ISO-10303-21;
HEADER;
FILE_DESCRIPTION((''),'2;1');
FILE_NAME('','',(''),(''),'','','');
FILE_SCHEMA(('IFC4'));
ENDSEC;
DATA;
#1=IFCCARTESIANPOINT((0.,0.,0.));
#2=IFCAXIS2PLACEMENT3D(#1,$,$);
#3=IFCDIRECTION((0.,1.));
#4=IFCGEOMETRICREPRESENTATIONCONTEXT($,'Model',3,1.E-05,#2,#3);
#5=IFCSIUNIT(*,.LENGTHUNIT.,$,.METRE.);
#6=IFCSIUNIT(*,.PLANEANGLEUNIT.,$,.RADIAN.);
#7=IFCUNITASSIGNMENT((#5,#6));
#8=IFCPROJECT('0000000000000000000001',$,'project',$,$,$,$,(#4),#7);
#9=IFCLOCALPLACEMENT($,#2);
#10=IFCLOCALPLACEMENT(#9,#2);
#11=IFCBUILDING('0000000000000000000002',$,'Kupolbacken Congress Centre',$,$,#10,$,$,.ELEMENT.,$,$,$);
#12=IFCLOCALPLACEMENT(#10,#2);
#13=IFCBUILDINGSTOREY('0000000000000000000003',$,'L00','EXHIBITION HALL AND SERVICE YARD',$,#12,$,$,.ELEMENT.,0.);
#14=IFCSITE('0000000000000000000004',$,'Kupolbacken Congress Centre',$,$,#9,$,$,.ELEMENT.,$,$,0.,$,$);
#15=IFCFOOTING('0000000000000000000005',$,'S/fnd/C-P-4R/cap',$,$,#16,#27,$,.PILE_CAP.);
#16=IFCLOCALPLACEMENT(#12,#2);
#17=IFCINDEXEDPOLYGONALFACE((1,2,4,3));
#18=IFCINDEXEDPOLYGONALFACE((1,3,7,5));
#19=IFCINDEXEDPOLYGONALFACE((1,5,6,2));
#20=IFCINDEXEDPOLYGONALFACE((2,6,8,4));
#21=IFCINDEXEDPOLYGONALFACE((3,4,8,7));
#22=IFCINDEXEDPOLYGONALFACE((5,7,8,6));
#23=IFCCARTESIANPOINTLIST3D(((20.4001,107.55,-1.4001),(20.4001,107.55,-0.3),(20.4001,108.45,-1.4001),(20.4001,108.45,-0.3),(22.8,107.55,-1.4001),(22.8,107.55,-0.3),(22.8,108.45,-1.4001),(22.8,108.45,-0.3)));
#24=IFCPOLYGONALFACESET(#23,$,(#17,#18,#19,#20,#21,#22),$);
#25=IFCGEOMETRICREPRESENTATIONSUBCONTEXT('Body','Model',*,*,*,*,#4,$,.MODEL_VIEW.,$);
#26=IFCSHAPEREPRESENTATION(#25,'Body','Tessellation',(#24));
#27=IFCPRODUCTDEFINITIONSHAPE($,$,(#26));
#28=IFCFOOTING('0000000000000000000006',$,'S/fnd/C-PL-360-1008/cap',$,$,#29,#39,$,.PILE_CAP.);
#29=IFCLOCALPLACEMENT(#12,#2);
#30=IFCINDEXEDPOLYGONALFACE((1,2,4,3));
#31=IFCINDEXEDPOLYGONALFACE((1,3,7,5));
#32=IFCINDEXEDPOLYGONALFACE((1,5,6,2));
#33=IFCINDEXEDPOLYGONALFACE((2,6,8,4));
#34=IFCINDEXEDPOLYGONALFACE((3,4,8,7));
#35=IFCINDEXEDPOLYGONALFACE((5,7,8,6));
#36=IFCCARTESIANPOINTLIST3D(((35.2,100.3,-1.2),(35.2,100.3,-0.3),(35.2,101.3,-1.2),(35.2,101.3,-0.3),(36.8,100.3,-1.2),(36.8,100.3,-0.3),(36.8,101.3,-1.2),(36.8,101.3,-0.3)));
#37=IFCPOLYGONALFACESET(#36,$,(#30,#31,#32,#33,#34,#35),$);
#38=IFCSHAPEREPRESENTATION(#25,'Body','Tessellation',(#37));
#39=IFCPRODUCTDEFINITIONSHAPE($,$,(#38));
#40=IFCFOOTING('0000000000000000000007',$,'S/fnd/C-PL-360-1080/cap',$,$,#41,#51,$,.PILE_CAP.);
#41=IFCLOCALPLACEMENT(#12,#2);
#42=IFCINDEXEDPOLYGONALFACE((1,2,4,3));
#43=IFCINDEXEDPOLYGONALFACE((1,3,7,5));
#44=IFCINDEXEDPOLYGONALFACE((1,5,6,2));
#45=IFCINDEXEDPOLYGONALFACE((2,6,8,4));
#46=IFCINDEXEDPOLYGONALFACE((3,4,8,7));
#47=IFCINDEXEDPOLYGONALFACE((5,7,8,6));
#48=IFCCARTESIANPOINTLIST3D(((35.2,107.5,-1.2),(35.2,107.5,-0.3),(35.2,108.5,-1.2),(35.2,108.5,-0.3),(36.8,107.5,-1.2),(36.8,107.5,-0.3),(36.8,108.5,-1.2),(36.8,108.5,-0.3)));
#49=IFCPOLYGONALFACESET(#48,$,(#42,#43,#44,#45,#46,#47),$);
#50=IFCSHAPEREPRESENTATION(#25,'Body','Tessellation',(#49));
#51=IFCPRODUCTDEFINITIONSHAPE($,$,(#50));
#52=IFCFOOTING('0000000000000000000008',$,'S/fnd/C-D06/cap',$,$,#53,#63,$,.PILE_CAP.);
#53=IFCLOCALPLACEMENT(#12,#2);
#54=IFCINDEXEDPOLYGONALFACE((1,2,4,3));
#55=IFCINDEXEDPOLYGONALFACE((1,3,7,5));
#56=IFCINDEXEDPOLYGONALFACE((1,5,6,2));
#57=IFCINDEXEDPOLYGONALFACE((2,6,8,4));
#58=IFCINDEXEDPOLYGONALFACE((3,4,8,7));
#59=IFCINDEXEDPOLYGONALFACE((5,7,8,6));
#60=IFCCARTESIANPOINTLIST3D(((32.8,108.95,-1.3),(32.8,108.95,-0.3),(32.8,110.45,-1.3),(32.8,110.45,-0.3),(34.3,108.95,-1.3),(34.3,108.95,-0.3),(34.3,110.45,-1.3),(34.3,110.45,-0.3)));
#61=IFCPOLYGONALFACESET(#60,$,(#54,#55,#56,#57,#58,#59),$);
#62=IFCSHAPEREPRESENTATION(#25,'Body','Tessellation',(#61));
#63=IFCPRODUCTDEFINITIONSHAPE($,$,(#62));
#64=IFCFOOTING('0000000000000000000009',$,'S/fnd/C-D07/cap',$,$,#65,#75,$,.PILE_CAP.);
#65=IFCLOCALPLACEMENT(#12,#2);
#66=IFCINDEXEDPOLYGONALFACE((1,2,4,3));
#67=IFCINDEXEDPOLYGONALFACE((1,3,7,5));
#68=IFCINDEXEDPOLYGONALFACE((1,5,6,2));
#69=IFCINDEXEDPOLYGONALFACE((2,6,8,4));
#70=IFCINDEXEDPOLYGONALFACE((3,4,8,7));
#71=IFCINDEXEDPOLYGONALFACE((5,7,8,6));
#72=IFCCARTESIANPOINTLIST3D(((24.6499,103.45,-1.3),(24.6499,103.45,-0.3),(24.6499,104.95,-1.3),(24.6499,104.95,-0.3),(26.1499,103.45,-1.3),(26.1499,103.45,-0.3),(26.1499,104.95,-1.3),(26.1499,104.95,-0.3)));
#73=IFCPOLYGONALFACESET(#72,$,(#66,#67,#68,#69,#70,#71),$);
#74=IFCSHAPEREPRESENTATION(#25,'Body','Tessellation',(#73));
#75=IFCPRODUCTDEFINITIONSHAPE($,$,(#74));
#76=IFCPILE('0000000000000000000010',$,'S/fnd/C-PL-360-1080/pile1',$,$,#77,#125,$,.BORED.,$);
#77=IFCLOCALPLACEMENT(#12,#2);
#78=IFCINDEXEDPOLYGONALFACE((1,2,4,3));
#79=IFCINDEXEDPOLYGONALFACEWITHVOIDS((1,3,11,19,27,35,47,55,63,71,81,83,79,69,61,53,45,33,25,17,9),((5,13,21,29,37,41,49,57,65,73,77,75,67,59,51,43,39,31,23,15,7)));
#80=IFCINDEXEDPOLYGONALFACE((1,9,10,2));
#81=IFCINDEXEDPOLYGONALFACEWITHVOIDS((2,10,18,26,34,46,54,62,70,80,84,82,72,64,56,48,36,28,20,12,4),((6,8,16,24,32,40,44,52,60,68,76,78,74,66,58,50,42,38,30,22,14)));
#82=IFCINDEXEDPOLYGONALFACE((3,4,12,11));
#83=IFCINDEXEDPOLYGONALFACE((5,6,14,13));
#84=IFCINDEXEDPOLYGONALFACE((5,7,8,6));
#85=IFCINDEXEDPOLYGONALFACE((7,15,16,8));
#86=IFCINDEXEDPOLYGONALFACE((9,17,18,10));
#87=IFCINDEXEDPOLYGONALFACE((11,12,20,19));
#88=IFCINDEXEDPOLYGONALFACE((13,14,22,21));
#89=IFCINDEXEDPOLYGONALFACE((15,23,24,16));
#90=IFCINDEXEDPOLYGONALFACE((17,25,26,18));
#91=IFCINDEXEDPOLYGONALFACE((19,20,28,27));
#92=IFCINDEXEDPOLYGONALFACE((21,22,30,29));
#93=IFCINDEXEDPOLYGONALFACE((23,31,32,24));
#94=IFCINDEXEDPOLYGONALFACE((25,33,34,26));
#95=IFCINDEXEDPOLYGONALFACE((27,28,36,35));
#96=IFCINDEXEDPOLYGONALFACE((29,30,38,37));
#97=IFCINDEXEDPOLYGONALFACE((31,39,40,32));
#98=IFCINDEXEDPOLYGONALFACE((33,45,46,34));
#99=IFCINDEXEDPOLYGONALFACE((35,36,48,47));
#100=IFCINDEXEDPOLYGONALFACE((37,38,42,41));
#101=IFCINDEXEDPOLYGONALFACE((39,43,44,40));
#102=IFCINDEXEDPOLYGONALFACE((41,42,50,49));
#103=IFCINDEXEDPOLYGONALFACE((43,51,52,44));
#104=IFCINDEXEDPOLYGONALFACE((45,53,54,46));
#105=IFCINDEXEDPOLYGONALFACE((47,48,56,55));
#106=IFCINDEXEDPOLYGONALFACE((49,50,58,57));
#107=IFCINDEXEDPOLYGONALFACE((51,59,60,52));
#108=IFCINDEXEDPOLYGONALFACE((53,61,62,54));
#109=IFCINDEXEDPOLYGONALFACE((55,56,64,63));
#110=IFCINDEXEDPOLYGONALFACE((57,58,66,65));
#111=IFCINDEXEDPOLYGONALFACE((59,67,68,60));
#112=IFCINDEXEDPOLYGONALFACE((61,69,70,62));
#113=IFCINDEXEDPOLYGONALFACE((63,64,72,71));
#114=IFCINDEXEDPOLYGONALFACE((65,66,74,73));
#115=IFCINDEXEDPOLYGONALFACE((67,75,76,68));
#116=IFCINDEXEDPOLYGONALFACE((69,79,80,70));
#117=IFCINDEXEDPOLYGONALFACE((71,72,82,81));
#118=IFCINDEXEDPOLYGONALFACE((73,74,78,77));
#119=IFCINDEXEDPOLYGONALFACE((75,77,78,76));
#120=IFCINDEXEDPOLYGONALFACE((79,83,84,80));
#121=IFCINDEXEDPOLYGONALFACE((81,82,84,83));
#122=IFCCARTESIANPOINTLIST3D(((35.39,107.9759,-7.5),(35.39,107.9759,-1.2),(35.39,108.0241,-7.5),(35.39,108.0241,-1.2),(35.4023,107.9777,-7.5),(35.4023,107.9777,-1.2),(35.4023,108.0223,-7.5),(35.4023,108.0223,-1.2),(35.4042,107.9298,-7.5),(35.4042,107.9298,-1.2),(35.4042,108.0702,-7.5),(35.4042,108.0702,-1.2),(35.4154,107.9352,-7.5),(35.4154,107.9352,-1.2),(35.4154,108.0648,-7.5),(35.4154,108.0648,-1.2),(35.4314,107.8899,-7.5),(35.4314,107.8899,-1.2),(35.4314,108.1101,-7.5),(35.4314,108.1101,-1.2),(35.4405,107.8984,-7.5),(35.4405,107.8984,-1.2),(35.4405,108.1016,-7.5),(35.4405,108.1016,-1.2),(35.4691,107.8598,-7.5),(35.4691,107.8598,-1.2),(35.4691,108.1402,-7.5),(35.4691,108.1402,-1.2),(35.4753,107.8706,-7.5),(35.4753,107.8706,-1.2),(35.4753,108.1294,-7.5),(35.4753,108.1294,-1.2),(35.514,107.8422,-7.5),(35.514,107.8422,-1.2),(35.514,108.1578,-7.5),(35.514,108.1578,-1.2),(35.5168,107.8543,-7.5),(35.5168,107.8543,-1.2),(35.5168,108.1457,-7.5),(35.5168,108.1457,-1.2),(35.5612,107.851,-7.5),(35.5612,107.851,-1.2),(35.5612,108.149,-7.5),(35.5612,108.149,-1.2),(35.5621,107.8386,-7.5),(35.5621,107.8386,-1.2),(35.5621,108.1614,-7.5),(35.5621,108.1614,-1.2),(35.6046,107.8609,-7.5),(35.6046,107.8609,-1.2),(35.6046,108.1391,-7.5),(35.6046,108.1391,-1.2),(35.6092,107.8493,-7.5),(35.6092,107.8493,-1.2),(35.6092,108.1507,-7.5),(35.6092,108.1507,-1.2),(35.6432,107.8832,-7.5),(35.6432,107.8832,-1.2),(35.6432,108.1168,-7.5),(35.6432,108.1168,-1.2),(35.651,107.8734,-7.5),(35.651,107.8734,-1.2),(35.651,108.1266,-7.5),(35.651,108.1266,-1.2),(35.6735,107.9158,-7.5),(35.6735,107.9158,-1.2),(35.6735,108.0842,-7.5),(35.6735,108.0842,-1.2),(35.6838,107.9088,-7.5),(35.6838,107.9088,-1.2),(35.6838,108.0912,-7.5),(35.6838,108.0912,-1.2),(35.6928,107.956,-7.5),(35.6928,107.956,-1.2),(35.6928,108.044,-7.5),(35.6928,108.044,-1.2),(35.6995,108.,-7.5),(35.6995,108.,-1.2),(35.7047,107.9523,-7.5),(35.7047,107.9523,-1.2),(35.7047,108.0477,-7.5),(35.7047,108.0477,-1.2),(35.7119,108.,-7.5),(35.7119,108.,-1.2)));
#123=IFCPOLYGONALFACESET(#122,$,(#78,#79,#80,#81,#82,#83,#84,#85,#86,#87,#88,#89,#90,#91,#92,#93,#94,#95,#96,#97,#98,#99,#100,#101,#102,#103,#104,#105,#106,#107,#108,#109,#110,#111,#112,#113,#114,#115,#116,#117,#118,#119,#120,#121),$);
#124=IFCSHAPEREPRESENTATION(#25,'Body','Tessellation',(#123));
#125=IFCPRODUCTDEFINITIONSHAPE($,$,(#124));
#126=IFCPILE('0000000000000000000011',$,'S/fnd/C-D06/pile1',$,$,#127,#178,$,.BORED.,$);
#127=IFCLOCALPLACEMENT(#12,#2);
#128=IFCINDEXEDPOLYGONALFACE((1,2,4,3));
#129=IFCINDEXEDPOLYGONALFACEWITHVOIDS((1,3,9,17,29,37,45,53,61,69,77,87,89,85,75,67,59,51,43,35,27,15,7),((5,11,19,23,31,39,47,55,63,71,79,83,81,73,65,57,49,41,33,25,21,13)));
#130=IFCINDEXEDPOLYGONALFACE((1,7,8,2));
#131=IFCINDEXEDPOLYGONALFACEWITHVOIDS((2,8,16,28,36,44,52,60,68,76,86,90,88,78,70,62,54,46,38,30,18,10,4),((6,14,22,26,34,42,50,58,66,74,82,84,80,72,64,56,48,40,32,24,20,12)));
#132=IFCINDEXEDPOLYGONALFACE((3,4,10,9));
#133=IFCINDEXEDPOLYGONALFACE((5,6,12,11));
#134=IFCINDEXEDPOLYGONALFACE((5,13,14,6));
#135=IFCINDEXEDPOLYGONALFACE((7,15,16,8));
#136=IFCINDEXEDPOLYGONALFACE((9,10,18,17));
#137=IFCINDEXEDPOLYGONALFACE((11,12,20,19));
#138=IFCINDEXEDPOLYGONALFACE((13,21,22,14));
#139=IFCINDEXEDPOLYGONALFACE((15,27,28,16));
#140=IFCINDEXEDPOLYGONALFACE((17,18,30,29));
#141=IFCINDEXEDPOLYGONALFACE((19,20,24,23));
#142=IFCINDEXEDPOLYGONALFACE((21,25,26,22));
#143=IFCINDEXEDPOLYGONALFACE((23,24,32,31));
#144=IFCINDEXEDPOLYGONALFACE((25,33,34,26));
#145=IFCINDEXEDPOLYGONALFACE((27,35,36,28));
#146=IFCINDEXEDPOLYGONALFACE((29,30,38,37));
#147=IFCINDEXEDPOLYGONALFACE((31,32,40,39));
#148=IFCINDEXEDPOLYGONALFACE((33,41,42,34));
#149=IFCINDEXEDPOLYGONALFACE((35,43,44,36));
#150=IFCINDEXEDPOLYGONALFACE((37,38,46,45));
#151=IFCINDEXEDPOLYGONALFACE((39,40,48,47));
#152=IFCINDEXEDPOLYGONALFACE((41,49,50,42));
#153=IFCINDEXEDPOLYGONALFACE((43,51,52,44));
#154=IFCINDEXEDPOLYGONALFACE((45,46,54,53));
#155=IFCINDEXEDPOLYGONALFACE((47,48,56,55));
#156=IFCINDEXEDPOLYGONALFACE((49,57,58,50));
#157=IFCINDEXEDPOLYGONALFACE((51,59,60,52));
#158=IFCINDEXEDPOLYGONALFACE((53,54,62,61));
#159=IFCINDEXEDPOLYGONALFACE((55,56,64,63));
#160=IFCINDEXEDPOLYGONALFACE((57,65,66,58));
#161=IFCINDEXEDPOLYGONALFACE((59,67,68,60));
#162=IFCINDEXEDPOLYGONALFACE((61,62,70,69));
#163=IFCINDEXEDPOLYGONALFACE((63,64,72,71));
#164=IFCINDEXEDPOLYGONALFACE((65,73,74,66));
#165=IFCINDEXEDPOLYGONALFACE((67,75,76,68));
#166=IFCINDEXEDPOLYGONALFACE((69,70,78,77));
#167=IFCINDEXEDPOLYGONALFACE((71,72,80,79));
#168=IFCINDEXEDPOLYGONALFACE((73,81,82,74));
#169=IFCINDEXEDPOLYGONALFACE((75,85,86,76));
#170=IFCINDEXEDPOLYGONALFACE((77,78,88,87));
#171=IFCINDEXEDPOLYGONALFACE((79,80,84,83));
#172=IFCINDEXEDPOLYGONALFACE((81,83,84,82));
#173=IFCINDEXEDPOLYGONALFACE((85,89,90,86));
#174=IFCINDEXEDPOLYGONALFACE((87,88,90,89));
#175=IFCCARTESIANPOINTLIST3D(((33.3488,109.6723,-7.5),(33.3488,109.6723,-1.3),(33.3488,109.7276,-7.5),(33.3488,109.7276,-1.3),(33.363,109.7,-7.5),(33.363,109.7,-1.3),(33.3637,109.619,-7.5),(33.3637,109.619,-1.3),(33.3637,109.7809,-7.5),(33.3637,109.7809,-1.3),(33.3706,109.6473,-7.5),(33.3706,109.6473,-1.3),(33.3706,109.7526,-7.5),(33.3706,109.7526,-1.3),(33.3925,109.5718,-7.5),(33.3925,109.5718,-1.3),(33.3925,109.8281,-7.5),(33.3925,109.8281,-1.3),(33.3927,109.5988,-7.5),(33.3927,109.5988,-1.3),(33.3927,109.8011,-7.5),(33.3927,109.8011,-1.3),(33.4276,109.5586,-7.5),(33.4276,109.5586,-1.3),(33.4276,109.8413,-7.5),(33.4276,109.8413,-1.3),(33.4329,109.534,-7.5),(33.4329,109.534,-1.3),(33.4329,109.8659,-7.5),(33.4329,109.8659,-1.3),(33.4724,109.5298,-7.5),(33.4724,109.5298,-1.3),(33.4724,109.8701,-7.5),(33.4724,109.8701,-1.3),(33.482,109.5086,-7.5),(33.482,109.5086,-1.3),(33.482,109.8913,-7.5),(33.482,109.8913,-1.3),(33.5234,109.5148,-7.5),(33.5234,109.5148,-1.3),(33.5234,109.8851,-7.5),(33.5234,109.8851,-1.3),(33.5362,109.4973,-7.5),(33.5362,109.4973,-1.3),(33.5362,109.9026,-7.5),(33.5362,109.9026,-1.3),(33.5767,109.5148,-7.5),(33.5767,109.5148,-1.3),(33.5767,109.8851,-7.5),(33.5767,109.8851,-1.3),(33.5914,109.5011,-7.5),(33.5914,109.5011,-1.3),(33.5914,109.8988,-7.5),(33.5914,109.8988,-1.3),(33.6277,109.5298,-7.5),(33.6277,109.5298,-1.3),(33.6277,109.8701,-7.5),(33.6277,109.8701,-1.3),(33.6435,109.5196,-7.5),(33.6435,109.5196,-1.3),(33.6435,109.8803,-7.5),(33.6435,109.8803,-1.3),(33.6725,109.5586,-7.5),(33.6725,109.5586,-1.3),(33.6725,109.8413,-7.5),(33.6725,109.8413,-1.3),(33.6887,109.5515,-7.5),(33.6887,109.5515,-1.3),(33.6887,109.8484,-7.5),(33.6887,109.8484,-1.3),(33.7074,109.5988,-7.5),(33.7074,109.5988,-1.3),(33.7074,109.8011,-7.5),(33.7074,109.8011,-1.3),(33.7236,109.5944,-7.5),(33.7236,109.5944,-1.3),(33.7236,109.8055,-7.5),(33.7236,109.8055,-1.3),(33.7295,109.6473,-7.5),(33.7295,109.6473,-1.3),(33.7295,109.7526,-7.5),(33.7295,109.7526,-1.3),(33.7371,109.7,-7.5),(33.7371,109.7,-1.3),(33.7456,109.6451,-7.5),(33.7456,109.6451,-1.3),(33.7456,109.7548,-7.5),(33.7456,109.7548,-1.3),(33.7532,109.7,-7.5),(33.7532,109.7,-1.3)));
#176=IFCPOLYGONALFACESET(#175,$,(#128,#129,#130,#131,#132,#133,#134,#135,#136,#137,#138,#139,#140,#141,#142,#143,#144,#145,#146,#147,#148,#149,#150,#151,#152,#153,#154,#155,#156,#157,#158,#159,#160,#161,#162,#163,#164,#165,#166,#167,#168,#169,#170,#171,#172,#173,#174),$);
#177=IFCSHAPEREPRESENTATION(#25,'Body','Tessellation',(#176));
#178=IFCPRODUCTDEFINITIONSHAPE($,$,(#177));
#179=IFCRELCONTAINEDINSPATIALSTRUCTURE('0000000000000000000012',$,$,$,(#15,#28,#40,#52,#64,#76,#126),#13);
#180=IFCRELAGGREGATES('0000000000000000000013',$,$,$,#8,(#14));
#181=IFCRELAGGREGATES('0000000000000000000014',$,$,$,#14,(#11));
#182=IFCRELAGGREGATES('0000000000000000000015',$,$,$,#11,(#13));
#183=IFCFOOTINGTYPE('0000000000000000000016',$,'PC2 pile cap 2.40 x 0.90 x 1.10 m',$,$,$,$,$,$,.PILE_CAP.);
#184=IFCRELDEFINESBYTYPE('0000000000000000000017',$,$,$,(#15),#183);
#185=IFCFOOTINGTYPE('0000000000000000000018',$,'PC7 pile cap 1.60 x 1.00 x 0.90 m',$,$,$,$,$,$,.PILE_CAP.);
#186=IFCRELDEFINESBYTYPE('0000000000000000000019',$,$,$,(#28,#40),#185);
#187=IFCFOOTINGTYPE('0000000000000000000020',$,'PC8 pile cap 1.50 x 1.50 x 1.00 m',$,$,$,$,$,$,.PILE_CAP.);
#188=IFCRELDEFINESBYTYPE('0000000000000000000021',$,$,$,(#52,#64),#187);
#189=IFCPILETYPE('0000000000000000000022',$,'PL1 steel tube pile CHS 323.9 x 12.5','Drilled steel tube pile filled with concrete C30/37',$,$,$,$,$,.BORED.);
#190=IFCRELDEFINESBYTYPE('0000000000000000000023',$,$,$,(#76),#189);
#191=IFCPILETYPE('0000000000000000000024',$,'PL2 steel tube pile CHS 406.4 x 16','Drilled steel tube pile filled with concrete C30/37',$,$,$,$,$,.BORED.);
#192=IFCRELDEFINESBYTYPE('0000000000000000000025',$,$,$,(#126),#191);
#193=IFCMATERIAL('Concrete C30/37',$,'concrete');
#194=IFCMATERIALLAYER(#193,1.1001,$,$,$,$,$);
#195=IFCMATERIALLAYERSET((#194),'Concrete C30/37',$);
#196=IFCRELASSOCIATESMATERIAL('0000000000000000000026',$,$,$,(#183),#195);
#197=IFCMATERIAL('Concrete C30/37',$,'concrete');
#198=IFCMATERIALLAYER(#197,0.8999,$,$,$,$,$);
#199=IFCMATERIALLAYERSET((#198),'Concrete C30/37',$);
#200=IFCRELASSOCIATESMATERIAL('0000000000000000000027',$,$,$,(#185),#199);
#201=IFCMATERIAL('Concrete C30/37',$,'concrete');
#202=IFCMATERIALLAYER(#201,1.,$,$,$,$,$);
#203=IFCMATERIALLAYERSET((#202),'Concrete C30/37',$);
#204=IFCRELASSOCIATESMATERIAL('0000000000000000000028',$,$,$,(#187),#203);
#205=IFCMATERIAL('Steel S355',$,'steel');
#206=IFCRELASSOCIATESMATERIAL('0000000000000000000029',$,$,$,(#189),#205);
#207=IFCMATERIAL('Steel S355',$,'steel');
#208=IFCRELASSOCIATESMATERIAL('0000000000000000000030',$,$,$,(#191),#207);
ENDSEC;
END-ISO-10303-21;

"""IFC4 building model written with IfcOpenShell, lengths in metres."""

from ifc_helpers import new_model, si_unit, direction, frame, origin, origin_2d, place, context, subcontext, project, spatial, rectangle, hollow_circle, extrude, material, layer, layer_set, material_profile, profile_set, type_object, element, save


model = new_model("IFC4")

# Units and contexts
model_context = context("Model", 3, precision=1e-05, world=origin(), true_north=direction((0.0, 1.0)))
body_context = subcontext(model_context, "Body", "Model", "MODEL_VIEW")
ifc_project = project(units=[si_unit("LENGTHUNIT", "METRE"), si_unit("PLANEANGLEUNIT", "RADIAN")], contexts=[model_context])

# Site, building, storey
site_placement = place(None, origin())
site = spatial("IfcSite", under=ifc_project, at=site_placement, Name="Kupolbacken Congress Centre", CompositionType="ELEMENT", RefElevation=0.0)
building_placement = place(site_placement, origin())
building = spatial("IfcBuilding", under=site, at=building_placement, Name="Kupolbacken Congress Centre", CompositionType="ELEMENT")
storey_placement = place(building_placement, origin())
storey = spatial("IfcBuildingStorey", under=building, at=storey_placement, Name="L00", Description="EXHIBITION HALL AND SERVICE YARD", CompositionType="ELEMENT", Elevation=0.0)

# Footings
ifc_material_1 = material(Name="Concrete C30/37", Category="concrete")
ifc_layer_1 = layer(ifc_material_1, 1.1001)
ifc_layer_set_1 = layer_set([ifc_layer_1], Name="Concrete C30/37")
footing_type_1 = type_object("IfcFootingType", Name="PC2 pile cap 2.40 x 0.90 x 1.10 m", PredefinedType="PILE_CAP", material=ifc_layer_set_1)
footing_1_placement = place(storey_placement, frame((21.6001, 108.0, -1.4001), z_axis=(0.0, 0.0, 1.0), x_axis=(1.0, 0.0, 0.0)))
element("IfcFooting", 1, at=footing_1_placement, inside=storey, type_object=footing_type_1, Name="S/fnd/C-P-4R/cap", PredefinedType="PILE_CAP", context=body_context, shape_type="SweptSolid", body=[
    extrude(rectangle(XDim=2.3999, YDim=0.8999, at=origin_2d()), origin(), (0.0, 0.0, 1.0), 1.1001),
])
ifc_material_2 = material(Name="Concrete C30/37", Category="concrete")
ifc_layer_2 = layer(ifc_material_2, 0.8999)
ifc_layer_set_2 = layer_set([ifc_layer_2], Name="Concrete C30/37")
footing_type_2 = type_object("IfcFootingType", Name="PC7 pile cap 1.60 x 1.00 x 0.90 m", PredefinedType="PILE_CAP", material=ifc_layer_set_2)
for number, where, z_axis, x_axis, name in (
    (2, (36.0, 100.8, -1.2), (0.0, 0.0, 1.0), (1.0, 0.0, 0.0), "S/fnd/C-PL-360-1008/cap"),
    (3, (36.0, 108.0, -1.2), (0.0, 0.0, 1.0), (1.0, 0.0, 0.0), "S/fnd/C-PL-360-1080/cap"),
):
    element("IfcFooting", number, at=place(storey_placement, frame(where, z_axis=z_axis, x_axis=x_axis)), inside=storey, type_object=footing_type_2, Name=name, PredefinedType="PILE_CAP", context=body_context, shape_type="SweptSolid", body=[
        extrude(rectangle(XDim=1.6001, YDim=1.0, at=origin_2d()), origin(), (0.0, 0.0, 1.0), 0.8999),
    ])
ifc_material_3 = material(Name="Concrete C30/37", Category="concrete")
ifc_layer_3 = layer(ifc_material_3, 1.0)
ifc_layer_set_3 = layer_set([ifc_layer_3], Name="Concrete C30/37")
footing_type_3 = type_object("IfcFootingType", Name="PC8 pile cap 1.50 x 1.50 x 1.00 m", PredefinedType="PILE_CAP", material=ifc_layer_set_3)
for number, where, z_axis, x_axis, name in (
    (4, (33.55, 109.7, -1.3), (0.0, 0.0, 1.0), (1.0, 0.0, 0.0), "S/fnd/C-D06/cap"),
    (5, (25.3999, 104.2, -1.3), (0.0, 0.0, 1.0), (1.0, 0.0, 0.0), "S/fnd/C-D07/cap"),
):
    element("IfcFooting", number, at=place(storey_placement, frame(where, z_axis=z_axis, x_axis=x_axis)), inside=storey, type_object=footing_type_3, Name=name, PredefinedType="PILE_CAP", context=body_context, shape_type="SweptSolid", body=[
        extrude(rectangle(XDim=1.5, YDim=1.5, at=origin_2d()), origin(), (0.0, 0.0, 1.0), 1.0),
    ])

# Piles
ifc_material_4 = material(Name="Steel S355", Category="steel")
ifc_material_profile_1 = material_profile(ifc_material_4, hollow_circle(Radius=0.1619, WallThickness=0.0125, at=origin_2d()), Name="CHS 323.9 x 12.5")
ifc_profile_set_1 = profile_set([ifc_material_profile_1], Name="Steel S355")
pile_type_1 = type_object("IfcPileType", Name="PL1 steel tube pile CHS 323.9 x 12.5", Description="Drilled steel tube pile filled with concrete C30/37", PredefinedType="BORED", material=ifc_profile_set_1)
pile_placement = place(storey_placement, frame((35.55, 108.0, -1.2), z_axis=(0.0, 0.0, -1.0), x_axis=(1.0, 0.0, 0.0)))
element("IfcPile", 6, at=pile_placement, inside=storey, type_object=pile_type_1, Name="S/fnd/C-PL-360-1080/pile1", PredefinedType="BORED", context=body_context, shape_type="SweptSolid", body=[
    extrude(hollow_circle(Radius=0.1619, WallThickness=0.0125, at=origin_2d()), origin(), (0.0, 0.0, 1.0), 6.3),
])
ifc_material_5 = material(Name="Steel S355", Category="steel")
ifc_material_profile_2 = material_profile(ifc_material_5, hollow_circle(Radius=0.2031, WallThickness=0.0161, at=origin_2d()), Name="CHS 406.4 x 16")
ifc_profile_set_2 = profile_set([ifc_material_profile_2], Name="Steel S355")
pile_type_2 = type_object("IfcPileType", Name="PL2 steel tube pile CHS 406.4 x 16", Description="Drilled steel tube pile filled with concrete C30/37", PredefinedType="BORED", material=ifc_profile_set_2)
for number, where, z_axis, x_axis, name in (
    (7, (33.55, 109.7, -1.3), (0.0, 0.0, -1.0), (1.0, 0.0, 0.0), "S/fnd/C-D06/pile1"),
):
    element("IfcPile", number, at=place(storey_placement, frame(where, z_axis=z_axis, x_axis=x_axis)), inside=storey, type_object=pile_type_2, Name=name, PredefinedType="BORED", context=body_context, shape_type="SweptSolid", body=[
        extrude(hollow_circle(Radius=0.2031, WallThickness=0.0161, at=origin_2d()), origin(), (0.0, 0.0, 1.0), 6.2),
    ])

save(model, "model.ifc")
